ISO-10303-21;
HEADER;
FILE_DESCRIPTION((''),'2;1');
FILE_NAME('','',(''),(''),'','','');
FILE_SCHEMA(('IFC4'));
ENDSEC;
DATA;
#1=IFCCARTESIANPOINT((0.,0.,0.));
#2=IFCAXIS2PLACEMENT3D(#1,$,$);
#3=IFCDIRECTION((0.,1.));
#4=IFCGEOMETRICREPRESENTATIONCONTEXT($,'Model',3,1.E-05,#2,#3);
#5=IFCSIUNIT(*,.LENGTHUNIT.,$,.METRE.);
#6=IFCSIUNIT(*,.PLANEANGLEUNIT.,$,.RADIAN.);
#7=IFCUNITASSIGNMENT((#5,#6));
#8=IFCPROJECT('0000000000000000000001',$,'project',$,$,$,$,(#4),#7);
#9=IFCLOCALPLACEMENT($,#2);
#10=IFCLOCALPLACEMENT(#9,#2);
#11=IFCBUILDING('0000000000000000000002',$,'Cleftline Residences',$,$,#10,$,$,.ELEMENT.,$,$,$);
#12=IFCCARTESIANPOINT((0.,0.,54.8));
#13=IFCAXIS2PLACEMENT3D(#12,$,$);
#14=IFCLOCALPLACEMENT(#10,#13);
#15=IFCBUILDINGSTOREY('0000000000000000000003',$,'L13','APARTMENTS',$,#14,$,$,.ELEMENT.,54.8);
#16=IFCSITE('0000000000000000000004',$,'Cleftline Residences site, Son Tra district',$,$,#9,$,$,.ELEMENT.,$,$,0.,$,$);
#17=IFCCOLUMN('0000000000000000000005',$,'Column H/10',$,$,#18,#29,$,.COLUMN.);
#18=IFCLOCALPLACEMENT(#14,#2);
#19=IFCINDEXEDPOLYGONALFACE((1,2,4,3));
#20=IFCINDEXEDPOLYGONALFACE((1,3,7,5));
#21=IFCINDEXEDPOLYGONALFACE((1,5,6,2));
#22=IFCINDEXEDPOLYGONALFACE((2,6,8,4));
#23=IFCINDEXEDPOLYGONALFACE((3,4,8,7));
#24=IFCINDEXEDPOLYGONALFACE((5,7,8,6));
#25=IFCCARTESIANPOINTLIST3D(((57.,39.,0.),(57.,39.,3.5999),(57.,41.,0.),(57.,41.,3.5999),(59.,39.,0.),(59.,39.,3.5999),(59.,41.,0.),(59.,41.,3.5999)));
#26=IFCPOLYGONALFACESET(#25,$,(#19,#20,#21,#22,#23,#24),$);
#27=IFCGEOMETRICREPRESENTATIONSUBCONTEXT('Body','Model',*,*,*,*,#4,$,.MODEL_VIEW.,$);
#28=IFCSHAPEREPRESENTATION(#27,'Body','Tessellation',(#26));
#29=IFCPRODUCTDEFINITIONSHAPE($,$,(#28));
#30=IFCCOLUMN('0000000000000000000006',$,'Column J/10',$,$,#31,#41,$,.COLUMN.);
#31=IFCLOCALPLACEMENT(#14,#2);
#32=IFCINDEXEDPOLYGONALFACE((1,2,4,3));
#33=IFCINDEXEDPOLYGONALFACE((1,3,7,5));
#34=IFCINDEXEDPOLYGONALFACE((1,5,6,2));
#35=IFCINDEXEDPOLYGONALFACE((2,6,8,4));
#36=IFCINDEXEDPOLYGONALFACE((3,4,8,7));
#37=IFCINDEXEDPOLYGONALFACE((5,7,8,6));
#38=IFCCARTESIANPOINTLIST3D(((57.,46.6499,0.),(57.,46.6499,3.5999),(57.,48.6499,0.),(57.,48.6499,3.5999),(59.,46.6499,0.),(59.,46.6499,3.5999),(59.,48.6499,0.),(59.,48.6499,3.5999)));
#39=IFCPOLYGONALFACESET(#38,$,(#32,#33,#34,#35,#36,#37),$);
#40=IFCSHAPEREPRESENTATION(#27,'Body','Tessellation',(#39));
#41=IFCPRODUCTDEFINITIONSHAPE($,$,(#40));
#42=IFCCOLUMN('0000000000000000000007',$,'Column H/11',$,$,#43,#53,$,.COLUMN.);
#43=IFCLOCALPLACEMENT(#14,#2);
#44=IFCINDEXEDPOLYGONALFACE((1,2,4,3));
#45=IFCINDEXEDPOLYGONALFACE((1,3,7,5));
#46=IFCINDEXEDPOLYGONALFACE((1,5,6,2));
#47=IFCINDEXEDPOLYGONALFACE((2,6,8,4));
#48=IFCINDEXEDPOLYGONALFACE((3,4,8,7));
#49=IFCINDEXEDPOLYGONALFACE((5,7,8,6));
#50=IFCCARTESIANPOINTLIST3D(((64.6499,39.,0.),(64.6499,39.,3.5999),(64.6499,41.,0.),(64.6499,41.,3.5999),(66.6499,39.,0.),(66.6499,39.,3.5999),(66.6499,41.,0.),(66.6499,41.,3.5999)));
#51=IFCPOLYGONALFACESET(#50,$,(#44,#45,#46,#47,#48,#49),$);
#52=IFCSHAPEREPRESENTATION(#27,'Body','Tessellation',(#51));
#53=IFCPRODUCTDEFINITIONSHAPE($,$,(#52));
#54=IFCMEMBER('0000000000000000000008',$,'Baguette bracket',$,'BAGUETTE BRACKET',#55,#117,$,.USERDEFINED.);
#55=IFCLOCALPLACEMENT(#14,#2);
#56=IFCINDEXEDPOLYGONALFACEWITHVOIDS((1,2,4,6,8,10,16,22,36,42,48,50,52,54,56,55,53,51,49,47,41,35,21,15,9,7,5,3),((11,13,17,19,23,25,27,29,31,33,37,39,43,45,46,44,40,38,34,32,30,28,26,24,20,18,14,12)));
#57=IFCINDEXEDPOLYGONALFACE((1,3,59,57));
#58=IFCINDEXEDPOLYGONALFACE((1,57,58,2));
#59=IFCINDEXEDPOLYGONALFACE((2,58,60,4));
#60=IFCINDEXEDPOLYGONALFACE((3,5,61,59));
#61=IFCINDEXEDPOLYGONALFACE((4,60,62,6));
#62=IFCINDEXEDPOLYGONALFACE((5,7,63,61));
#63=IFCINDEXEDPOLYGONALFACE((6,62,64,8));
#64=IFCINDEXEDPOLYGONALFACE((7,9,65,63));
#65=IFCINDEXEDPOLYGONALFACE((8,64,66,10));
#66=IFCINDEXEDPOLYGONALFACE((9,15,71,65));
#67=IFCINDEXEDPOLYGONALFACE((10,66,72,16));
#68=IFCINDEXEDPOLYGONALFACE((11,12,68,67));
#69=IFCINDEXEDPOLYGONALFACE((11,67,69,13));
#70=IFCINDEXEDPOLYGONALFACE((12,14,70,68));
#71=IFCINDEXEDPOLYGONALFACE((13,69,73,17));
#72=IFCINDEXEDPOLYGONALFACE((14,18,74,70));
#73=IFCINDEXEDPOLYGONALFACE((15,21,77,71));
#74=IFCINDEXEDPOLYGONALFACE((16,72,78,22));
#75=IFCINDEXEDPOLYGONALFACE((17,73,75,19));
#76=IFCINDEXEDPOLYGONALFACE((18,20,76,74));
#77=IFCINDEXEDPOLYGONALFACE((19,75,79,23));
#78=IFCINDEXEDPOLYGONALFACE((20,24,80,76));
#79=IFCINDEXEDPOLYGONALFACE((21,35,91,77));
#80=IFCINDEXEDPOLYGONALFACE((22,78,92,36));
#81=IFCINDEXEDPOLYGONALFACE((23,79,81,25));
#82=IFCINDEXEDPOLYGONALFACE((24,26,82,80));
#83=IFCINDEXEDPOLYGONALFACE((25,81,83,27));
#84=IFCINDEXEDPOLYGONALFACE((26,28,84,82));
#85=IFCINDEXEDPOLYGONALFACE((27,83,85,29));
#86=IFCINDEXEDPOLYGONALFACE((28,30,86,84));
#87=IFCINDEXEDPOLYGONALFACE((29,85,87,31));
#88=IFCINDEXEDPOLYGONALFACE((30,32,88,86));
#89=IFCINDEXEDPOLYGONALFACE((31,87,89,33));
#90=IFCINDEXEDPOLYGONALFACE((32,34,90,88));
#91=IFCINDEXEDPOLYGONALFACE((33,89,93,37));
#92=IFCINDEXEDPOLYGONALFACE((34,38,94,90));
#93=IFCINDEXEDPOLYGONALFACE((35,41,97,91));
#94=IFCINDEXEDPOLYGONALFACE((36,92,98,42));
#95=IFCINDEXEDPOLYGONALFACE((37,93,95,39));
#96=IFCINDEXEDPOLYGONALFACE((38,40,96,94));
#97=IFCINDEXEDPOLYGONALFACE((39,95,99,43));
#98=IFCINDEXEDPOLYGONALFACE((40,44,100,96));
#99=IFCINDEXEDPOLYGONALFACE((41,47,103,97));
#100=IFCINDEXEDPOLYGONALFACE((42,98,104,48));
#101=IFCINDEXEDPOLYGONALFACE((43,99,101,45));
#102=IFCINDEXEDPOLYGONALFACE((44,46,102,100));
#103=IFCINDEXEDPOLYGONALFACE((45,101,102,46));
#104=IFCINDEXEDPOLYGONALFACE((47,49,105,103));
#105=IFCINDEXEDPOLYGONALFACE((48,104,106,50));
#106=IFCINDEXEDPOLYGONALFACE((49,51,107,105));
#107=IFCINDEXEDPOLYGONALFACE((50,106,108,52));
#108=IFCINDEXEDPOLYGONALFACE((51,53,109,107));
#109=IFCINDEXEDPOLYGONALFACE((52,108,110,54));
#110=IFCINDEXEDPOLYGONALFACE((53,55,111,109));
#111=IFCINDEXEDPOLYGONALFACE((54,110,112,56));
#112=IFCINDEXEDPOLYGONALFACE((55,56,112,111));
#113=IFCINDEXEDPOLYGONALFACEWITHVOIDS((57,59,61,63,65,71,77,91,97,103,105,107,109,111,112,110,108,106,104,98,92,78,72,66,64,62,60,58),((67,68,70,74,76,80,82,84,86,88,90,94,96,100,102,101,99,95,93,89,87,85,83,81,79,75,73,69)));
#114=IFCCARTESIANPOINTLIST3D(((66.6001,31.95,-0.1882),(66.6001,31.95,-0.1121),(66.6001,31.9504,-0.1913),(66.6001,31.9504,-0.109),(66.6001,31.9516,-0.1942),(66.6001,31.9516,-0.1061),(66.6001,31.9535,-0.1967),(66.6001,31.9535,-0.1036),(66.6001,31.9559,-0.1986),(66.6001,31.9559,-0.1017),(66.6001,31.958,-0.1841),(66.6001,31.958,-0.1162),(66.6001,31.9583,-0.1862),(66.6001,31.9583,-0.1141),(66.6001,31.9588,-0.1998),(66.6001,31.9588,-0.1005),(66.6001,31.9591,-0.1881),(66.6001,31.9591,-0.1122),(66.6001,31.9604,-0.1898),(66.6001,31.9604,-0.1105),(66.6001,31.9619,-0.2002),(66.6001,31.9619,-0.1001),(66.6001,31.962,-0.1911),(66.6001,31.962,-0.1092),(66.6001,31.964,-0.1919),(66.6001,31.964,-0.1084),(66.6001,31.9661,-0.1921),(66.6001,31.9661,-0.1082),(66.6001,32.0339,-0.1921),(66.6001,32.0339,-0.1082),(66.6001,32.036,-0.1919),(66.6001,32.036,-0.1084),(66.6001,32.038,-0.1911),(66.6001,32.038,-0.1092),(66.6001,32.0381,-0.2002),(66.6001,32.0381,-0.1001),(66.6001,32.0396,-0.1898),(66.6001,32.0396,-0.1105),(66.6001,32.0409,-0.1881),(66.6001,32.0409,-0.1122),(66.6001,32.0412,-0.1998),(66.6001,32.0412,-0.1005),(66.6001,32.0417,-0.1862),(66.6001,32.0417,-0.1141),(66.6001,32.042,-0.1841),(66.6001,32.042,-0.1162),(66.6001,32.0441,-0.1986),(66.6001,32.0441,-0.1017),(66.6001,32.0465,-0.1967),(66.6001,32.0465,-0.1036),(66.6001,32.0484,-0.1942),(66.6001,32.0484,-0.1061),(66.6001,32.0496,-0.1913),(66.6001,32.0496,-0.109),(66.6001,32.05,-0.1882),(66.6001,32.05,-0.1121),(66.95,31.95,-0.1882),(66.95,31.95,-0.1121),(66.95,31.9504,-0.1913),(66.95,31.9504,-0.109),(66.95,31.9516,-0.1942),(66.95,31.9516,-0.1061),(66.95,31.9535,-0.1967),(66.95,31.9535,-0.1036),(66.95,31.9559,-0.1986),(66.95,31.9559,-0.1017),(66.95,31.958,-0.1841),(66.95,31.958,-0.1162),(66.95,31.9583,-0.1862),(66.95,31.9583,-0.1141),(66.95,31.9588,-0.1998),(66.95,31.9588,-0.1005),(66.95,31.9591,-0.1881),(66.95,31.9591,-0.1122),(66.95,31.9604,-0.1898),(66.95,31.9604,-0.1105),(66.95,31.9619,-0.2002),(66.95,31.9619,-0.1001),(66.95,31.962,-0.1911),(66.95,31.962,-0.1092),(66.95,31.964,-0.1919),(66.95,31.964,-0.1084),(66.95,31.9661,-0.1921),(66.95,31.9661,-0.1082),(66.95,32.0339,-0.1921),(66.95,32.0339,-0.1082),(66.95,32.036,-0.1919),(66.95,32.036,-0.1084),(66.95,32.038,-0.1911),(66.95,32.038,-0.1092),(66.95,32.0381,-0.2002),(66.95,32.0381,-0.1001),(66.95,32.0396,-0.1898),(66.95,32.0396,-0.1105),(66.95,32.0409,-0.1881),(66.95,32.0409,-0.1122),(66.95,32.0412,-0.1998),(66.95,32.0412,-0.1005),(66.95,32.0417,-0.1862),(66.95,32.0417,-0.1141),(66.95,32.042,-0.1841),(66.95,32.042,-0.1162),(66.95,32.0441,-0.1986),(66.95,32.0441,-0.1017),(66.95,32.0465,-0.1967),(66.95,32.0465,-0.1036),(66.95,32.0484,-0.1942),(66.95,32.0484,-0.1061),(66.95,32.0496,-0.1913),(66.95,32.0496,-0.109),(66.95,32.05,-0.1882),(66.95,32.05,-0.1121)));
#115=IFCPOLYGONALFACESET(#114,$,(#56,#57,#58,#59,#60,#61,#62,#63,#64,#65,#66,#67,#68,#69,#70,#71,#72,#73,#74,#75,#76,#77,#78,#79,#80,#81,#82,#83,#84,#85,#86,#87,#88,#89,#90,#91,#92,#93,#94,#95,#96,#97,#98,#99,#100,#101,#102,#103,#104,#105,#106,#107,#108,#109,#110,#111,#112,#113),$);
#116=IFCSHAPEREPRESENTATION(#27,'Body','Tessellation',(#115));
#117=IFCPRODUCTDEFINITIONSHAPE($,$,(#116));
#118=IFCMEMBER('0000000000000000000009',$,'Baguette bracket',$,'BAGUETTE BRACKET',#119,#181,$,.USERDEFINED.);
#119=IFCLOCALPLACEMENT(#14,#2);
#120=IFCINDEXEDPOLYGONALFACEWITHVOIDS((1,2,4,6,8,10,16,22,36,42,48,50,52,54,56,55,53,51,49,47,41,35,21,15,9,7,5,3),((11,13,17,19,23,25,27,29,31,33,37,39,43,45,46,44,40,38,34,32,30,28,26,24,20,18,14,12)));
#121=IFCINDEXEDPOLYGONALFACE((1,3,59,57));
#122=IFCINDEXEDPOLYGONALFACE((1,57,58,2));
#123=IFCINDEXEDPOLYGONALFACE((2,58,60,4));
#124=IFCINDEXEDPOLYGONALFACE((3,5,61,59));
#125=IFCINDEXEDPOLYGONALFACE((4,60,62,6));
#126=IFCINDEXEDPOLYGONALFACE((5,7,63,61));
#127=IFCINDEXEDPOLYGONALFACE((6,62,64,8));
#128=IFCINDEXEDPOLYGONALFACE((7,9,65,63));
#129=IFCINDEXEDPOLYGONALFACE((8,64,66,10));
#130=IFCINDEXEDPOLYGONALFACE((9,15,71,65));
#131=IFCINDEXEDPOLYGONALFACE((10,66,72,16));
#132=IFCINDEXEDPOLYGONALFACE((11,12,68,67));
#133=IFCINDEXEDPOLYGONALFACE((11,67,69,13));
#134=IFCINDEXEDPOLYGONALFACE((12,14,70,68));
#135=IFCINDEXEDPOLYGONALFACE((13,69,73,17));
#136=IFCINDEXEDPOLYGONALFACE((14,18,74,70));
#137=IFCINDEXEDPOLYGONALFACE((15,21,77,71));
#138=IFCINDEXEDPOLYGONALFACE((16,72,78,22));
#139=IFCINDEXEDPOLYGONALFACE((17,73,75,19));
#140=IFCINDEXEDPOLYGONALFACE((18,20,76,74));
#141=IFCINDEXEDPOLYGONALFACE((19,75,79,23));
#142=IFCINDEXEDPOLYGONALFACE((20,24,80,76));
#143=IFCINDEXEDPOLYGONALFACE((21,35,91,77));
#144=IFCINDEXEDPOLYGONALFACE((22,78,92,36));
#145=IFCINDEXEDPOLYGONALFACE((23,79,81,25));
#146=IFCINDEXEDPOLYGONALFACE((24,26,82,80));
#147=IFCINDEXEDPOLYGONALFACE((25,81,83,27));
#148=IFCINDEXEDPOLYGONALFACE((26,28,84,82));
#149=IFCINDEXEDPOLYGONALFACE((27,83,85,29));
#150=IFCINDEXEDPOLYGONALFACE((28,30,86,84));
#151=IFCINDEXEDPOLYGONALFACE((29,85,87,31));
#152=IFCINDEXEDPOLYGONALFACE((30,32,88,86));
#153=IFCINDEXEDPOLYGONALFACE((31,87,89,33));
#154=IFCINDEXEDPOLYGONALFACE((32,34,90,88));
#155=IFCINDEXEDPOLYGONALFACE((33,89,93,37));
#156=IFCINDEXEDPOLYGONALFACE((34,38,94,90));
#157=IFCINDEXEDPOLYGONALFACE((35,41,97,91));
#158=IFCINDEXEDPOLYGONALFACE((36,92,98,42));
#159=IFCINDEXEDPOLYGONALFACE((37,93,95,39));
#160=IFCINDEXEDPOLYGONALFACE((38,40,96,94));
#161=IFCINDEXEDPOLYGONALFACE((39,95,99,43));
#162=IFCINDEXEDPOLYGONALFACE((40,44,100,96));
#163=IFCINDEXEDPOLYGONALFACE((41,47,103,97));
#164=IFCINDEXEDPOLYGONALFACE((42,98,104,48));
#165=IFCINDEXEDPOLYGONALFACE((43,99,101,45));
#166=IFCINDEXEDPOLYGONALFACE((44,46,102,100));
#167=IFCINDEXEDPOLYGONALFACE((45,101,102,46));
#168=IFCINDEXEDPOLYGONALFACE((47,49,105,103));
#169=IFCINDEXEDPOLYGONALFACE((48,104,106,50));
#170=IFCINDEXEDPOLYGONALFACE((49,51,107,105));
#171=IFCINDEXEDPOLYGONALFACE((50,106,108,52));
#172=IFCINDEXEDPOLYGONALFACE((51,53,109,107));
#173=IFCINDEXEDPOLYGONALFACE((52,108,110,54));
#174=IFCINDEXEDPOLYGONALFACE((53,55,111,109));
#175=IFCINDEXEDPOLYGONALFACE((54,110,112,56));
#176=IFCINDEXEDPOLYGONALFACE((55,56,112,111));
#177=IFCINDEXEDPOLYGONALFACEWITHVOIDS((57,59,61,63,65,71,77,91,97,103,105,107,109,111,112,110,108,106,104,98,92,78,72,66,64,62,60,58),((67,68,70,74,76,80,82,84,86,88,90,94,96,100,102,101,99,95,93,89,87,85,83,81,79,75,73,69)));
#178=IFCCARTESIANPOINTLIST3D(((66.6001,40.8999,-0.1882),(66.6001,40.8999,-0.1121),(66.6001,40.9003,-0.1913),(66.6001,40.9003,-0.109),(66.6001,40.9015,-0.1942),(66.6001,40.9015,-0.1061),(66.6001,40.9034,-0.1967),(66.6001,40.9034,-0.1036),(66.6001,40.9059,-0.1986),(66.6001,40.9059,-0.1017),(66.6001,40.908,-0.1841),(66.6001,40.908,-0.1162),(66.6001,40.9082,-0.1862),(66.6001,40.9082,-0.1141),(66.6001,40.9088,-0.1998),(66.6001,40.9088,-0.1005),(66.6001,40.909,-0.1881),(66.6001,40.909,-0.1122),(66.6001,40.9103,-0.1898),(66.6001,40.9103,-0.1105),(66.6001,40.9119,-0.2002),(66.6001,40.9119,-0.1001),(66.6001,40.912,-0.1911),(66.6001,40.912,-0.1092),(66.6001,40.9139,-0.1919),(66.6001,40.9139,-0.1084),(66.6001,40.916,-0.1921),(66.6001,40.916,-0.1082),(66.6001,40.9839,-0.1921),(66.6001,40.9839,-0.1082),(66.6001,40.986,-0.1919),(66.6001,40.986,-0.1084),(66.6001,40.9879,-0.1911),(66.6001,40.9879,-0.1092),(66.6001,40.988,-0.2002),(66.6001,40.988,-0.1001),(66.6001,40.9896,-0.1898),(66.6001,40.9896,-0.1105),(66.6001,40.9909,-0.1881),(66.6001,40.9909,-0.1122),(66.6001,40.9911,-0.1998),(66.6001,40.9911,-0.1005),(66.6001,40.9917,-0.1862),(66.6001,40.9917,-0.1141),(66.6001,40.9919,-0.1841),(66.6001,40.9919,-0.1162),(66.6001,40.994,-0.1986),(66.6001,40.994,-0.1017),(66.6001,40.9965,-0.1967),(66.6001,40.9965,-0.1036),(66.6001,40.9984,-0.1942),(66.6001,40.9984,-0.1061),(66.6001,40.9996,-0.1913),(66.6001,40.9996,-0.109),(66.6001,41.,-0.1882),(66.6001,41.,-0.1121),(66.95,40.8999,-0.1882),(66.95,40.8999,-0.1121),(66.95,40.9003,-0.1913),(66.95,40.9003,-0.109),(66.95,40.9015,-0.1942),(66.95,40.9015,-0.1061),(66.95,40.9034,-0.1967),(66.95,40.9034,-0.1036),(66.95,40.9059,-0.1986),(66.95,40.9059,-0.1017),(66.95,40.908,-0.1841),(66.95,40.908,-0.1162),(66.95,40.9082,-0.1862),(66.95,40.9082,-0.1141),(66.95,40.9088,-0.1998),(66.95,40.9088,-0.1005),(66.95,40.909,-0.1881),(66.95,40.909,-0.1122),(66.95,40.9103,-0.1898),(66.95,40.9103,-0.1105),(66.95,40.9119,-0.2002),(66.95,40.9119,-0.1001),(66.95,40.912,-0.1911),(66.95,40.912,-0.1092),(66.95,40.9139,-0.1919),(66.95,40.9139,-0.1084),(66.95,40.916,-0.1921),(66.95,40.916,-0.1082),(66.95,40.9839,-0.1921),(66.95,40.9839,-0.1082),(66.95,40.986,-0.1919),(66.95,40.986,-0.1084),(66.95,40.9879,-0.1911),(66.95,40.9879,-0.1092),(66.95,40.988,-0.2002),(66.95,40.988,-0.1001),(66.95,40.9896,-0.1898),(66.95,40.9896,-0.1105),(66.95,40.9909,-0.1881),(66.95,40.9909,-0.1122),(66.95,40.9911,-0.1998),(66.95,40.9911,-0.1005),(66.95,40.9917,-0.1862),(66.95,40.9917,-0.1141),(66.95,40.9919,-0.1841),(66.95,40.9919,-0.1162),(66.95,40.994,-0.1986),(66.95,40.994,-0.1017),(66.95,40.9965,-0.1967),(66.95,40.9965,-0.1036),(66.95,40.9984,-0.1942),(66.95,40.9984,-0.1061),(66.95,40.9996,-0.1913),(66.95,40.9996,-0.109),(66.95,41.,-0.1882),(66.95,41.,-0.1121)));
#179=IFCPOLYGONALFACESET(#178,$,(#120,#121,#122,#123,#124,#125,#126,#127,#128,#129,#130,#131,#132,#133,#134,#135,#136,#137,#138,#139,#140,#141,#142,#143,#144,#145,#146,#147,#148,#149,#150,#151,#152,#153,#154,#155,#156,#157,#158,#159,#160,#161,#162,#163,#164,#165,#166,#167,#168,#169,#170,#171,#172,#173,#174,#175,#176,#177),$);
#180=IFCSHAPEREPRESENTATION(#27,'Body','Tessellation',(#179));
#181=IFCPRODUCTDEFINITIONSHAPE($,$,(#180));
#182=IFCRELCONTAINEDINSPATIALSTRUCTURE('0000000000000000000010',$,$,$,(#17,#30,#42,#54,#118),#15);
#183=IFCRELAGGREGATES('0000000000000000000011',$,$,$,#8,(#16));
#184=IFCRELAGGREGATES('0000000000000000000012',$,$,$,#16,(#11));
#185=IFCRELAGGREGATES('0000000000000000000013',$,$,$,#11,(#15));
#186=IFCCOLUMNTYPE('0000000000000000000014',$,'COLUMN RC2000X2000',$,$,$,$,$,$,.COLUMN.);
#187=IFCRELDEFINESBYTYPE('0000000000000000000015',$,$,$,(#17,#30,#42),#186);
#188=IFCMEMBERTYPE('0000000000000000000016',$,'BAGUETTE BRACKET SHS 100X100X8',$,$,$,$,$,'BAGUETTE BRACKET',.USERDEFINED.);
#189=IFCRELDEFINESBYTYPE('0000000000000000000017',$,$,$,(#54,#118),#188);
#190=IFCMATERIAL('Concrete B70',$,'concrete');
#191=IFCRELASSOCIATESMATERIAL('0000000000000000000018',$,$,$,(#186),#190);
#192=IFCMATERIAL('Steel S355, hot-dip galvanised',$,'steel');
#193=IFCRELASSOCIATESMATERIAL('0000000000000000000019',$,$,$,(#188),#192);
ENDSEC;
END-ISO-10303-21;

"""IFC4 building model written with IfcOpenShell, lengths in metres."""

from ifc_helpers import new_model, si_unit, direction, frame, origin, origin_2d, place, context, subcontext, project, spatial, rectangle, hollow_rectangle, extrude, material, material_profile, profile_set, type_object, element, save


model = new_model("IFC4")

# Units and contexts
model_context = context("Model", 3, precision=1e-05, world=origin(), true_north=direction((0.0, 1.0)))
body_context = subcontext(model_context, "Body", "Model", "MODEL_VIEW")
ifc_project = project(units=[si_unit("LENGTHUNIT", "METRE"), si_unit("PLANEANGLEUNIT", "RADIAN")], contexts=[model_context])

# Site, building, storey
site_placement = place(None, origin())
site = spatial("IfcSite", under=ifc_project, at=site_placement, Name="Cleftline Residences site, Son Tra district", CompositionType="ELEMENT", RefElevation=0.0)
building_placement = place(site_placement, origin())
building = spatial("IfcBuilding", under=site, at=building_placement, Name="Cleftline Residences", CompositionType="ELEMENT")
storey_placement = place(building_placement, frame((0.0, 0.0, 54.8)))
storey = spatial("IfcBuildingStorey", under=building, at=storey_placement, Name="L13", Description="APARTMENTS", CompositionType="ELEMENT", Elevation=54.8)

# Columns
ifc_material_1 = material(Name="Concrete B70", Category="concrete")
ifc_material_profile_1 = material_profile(ifc_material_1, rectangle(XDim=2.0, YDim=2.0, at=origin_2d()))
ifc_profile_set_1 = profile_set([ifc_material_profile_1], Name="Concrete B70")
column_type = type_object("IfcColumnType", Name="COLUMN RC2000X2000", PredefinedType="COLUMN", material=ifc_profile_set_1)
for number, where, z_axis, x_axis, name in (
    (1, (58.0, 40.0, 0.0), (0.0, 0.0, 1.0), (1.0, 0.0, 0.0), "Column H/10"),
    (2, (58.0, 47.6499, 0.0), (0.0, 0.0, 1.0), (1.0, 0.0, 0.0), "Column J/10"),
    (3, (65.6499, 40.0, 0.0), (0.0, 0.0, 1.0), (1.0, 0.0, 0.0), "Column H/11"),
):
    element("IfcColumn", number, at=place(storey_placement, frame(where, z_axis=z_axis, x_axis=x_axis)), inside=storey, type_object=column_type, Name=name, PredefinedType="COLUMN", context=body_context, shape_type="SweptSolid", body=[
        extrude(rectangle(XDim=2.0, YDim=2.0, at=origin_2d()), origin(), (0.0, 0.0, 1.0), 3.5999),
    ])

# Members
ifc_material_2 = material(Name="Steel S355, hot-dip galvanised", Category="steel")
ifc_material_profile_2 = material_profile(ifc_material_2, hollow_rectangle(XDim=0.1001, YDim=0.1001, WallThickness=0.0081, InnerFilletRadius=0.0081, OuterFilletRadius=0.012, at=origin_2d()))
ifc_profile_set_2 = profile_set([ifc_material_profile_2], Name="Steel S355, hot-dip galvanised")
member_type_1 = type_object("IfcMemberType", Name="BAGUETTE BRACKET SHS 100X100X8", ElementType="BAGUETTE BRACKET", PredefinedType="USERDEFINED", material=ifc_profile_set_2)
for number, where, z_axis, x_axis, name in (
    (4, (66.6001, 32.0, -0.1501), (1.0, 0.0, 0.0), (0.0, 1.0, 0.0), "Baguette bracket"),
    (5, (66.6001, 40.95, -0.1501), (1.0, 0.0, 0.0), (0.0, 1.0, 0.0), "Baguette bracket"),
):
    element("IfcMember", number, at=place(storey_placement, frame(where, z_axis=z_axis, x_axis=x_axis)), inside=storey, type_object=member_type_1, Name=name, ObjectType="BAGUETTE BRACKET", PredefinedType="USERDEFINED", context=body_context, shape_type="SweptSolid", body=[
        extrude(hollow_rectangle(XDim=0.1001, YDim=0.1001, WallThickness=0.0081, InnerFilletRadius=0.0081, OuterFilletRadius=0.012, at=origin_2d()), origin(), (0.0, 0.0, 1.0), 0.3499),
    ])

save(model, "model.ifc")
